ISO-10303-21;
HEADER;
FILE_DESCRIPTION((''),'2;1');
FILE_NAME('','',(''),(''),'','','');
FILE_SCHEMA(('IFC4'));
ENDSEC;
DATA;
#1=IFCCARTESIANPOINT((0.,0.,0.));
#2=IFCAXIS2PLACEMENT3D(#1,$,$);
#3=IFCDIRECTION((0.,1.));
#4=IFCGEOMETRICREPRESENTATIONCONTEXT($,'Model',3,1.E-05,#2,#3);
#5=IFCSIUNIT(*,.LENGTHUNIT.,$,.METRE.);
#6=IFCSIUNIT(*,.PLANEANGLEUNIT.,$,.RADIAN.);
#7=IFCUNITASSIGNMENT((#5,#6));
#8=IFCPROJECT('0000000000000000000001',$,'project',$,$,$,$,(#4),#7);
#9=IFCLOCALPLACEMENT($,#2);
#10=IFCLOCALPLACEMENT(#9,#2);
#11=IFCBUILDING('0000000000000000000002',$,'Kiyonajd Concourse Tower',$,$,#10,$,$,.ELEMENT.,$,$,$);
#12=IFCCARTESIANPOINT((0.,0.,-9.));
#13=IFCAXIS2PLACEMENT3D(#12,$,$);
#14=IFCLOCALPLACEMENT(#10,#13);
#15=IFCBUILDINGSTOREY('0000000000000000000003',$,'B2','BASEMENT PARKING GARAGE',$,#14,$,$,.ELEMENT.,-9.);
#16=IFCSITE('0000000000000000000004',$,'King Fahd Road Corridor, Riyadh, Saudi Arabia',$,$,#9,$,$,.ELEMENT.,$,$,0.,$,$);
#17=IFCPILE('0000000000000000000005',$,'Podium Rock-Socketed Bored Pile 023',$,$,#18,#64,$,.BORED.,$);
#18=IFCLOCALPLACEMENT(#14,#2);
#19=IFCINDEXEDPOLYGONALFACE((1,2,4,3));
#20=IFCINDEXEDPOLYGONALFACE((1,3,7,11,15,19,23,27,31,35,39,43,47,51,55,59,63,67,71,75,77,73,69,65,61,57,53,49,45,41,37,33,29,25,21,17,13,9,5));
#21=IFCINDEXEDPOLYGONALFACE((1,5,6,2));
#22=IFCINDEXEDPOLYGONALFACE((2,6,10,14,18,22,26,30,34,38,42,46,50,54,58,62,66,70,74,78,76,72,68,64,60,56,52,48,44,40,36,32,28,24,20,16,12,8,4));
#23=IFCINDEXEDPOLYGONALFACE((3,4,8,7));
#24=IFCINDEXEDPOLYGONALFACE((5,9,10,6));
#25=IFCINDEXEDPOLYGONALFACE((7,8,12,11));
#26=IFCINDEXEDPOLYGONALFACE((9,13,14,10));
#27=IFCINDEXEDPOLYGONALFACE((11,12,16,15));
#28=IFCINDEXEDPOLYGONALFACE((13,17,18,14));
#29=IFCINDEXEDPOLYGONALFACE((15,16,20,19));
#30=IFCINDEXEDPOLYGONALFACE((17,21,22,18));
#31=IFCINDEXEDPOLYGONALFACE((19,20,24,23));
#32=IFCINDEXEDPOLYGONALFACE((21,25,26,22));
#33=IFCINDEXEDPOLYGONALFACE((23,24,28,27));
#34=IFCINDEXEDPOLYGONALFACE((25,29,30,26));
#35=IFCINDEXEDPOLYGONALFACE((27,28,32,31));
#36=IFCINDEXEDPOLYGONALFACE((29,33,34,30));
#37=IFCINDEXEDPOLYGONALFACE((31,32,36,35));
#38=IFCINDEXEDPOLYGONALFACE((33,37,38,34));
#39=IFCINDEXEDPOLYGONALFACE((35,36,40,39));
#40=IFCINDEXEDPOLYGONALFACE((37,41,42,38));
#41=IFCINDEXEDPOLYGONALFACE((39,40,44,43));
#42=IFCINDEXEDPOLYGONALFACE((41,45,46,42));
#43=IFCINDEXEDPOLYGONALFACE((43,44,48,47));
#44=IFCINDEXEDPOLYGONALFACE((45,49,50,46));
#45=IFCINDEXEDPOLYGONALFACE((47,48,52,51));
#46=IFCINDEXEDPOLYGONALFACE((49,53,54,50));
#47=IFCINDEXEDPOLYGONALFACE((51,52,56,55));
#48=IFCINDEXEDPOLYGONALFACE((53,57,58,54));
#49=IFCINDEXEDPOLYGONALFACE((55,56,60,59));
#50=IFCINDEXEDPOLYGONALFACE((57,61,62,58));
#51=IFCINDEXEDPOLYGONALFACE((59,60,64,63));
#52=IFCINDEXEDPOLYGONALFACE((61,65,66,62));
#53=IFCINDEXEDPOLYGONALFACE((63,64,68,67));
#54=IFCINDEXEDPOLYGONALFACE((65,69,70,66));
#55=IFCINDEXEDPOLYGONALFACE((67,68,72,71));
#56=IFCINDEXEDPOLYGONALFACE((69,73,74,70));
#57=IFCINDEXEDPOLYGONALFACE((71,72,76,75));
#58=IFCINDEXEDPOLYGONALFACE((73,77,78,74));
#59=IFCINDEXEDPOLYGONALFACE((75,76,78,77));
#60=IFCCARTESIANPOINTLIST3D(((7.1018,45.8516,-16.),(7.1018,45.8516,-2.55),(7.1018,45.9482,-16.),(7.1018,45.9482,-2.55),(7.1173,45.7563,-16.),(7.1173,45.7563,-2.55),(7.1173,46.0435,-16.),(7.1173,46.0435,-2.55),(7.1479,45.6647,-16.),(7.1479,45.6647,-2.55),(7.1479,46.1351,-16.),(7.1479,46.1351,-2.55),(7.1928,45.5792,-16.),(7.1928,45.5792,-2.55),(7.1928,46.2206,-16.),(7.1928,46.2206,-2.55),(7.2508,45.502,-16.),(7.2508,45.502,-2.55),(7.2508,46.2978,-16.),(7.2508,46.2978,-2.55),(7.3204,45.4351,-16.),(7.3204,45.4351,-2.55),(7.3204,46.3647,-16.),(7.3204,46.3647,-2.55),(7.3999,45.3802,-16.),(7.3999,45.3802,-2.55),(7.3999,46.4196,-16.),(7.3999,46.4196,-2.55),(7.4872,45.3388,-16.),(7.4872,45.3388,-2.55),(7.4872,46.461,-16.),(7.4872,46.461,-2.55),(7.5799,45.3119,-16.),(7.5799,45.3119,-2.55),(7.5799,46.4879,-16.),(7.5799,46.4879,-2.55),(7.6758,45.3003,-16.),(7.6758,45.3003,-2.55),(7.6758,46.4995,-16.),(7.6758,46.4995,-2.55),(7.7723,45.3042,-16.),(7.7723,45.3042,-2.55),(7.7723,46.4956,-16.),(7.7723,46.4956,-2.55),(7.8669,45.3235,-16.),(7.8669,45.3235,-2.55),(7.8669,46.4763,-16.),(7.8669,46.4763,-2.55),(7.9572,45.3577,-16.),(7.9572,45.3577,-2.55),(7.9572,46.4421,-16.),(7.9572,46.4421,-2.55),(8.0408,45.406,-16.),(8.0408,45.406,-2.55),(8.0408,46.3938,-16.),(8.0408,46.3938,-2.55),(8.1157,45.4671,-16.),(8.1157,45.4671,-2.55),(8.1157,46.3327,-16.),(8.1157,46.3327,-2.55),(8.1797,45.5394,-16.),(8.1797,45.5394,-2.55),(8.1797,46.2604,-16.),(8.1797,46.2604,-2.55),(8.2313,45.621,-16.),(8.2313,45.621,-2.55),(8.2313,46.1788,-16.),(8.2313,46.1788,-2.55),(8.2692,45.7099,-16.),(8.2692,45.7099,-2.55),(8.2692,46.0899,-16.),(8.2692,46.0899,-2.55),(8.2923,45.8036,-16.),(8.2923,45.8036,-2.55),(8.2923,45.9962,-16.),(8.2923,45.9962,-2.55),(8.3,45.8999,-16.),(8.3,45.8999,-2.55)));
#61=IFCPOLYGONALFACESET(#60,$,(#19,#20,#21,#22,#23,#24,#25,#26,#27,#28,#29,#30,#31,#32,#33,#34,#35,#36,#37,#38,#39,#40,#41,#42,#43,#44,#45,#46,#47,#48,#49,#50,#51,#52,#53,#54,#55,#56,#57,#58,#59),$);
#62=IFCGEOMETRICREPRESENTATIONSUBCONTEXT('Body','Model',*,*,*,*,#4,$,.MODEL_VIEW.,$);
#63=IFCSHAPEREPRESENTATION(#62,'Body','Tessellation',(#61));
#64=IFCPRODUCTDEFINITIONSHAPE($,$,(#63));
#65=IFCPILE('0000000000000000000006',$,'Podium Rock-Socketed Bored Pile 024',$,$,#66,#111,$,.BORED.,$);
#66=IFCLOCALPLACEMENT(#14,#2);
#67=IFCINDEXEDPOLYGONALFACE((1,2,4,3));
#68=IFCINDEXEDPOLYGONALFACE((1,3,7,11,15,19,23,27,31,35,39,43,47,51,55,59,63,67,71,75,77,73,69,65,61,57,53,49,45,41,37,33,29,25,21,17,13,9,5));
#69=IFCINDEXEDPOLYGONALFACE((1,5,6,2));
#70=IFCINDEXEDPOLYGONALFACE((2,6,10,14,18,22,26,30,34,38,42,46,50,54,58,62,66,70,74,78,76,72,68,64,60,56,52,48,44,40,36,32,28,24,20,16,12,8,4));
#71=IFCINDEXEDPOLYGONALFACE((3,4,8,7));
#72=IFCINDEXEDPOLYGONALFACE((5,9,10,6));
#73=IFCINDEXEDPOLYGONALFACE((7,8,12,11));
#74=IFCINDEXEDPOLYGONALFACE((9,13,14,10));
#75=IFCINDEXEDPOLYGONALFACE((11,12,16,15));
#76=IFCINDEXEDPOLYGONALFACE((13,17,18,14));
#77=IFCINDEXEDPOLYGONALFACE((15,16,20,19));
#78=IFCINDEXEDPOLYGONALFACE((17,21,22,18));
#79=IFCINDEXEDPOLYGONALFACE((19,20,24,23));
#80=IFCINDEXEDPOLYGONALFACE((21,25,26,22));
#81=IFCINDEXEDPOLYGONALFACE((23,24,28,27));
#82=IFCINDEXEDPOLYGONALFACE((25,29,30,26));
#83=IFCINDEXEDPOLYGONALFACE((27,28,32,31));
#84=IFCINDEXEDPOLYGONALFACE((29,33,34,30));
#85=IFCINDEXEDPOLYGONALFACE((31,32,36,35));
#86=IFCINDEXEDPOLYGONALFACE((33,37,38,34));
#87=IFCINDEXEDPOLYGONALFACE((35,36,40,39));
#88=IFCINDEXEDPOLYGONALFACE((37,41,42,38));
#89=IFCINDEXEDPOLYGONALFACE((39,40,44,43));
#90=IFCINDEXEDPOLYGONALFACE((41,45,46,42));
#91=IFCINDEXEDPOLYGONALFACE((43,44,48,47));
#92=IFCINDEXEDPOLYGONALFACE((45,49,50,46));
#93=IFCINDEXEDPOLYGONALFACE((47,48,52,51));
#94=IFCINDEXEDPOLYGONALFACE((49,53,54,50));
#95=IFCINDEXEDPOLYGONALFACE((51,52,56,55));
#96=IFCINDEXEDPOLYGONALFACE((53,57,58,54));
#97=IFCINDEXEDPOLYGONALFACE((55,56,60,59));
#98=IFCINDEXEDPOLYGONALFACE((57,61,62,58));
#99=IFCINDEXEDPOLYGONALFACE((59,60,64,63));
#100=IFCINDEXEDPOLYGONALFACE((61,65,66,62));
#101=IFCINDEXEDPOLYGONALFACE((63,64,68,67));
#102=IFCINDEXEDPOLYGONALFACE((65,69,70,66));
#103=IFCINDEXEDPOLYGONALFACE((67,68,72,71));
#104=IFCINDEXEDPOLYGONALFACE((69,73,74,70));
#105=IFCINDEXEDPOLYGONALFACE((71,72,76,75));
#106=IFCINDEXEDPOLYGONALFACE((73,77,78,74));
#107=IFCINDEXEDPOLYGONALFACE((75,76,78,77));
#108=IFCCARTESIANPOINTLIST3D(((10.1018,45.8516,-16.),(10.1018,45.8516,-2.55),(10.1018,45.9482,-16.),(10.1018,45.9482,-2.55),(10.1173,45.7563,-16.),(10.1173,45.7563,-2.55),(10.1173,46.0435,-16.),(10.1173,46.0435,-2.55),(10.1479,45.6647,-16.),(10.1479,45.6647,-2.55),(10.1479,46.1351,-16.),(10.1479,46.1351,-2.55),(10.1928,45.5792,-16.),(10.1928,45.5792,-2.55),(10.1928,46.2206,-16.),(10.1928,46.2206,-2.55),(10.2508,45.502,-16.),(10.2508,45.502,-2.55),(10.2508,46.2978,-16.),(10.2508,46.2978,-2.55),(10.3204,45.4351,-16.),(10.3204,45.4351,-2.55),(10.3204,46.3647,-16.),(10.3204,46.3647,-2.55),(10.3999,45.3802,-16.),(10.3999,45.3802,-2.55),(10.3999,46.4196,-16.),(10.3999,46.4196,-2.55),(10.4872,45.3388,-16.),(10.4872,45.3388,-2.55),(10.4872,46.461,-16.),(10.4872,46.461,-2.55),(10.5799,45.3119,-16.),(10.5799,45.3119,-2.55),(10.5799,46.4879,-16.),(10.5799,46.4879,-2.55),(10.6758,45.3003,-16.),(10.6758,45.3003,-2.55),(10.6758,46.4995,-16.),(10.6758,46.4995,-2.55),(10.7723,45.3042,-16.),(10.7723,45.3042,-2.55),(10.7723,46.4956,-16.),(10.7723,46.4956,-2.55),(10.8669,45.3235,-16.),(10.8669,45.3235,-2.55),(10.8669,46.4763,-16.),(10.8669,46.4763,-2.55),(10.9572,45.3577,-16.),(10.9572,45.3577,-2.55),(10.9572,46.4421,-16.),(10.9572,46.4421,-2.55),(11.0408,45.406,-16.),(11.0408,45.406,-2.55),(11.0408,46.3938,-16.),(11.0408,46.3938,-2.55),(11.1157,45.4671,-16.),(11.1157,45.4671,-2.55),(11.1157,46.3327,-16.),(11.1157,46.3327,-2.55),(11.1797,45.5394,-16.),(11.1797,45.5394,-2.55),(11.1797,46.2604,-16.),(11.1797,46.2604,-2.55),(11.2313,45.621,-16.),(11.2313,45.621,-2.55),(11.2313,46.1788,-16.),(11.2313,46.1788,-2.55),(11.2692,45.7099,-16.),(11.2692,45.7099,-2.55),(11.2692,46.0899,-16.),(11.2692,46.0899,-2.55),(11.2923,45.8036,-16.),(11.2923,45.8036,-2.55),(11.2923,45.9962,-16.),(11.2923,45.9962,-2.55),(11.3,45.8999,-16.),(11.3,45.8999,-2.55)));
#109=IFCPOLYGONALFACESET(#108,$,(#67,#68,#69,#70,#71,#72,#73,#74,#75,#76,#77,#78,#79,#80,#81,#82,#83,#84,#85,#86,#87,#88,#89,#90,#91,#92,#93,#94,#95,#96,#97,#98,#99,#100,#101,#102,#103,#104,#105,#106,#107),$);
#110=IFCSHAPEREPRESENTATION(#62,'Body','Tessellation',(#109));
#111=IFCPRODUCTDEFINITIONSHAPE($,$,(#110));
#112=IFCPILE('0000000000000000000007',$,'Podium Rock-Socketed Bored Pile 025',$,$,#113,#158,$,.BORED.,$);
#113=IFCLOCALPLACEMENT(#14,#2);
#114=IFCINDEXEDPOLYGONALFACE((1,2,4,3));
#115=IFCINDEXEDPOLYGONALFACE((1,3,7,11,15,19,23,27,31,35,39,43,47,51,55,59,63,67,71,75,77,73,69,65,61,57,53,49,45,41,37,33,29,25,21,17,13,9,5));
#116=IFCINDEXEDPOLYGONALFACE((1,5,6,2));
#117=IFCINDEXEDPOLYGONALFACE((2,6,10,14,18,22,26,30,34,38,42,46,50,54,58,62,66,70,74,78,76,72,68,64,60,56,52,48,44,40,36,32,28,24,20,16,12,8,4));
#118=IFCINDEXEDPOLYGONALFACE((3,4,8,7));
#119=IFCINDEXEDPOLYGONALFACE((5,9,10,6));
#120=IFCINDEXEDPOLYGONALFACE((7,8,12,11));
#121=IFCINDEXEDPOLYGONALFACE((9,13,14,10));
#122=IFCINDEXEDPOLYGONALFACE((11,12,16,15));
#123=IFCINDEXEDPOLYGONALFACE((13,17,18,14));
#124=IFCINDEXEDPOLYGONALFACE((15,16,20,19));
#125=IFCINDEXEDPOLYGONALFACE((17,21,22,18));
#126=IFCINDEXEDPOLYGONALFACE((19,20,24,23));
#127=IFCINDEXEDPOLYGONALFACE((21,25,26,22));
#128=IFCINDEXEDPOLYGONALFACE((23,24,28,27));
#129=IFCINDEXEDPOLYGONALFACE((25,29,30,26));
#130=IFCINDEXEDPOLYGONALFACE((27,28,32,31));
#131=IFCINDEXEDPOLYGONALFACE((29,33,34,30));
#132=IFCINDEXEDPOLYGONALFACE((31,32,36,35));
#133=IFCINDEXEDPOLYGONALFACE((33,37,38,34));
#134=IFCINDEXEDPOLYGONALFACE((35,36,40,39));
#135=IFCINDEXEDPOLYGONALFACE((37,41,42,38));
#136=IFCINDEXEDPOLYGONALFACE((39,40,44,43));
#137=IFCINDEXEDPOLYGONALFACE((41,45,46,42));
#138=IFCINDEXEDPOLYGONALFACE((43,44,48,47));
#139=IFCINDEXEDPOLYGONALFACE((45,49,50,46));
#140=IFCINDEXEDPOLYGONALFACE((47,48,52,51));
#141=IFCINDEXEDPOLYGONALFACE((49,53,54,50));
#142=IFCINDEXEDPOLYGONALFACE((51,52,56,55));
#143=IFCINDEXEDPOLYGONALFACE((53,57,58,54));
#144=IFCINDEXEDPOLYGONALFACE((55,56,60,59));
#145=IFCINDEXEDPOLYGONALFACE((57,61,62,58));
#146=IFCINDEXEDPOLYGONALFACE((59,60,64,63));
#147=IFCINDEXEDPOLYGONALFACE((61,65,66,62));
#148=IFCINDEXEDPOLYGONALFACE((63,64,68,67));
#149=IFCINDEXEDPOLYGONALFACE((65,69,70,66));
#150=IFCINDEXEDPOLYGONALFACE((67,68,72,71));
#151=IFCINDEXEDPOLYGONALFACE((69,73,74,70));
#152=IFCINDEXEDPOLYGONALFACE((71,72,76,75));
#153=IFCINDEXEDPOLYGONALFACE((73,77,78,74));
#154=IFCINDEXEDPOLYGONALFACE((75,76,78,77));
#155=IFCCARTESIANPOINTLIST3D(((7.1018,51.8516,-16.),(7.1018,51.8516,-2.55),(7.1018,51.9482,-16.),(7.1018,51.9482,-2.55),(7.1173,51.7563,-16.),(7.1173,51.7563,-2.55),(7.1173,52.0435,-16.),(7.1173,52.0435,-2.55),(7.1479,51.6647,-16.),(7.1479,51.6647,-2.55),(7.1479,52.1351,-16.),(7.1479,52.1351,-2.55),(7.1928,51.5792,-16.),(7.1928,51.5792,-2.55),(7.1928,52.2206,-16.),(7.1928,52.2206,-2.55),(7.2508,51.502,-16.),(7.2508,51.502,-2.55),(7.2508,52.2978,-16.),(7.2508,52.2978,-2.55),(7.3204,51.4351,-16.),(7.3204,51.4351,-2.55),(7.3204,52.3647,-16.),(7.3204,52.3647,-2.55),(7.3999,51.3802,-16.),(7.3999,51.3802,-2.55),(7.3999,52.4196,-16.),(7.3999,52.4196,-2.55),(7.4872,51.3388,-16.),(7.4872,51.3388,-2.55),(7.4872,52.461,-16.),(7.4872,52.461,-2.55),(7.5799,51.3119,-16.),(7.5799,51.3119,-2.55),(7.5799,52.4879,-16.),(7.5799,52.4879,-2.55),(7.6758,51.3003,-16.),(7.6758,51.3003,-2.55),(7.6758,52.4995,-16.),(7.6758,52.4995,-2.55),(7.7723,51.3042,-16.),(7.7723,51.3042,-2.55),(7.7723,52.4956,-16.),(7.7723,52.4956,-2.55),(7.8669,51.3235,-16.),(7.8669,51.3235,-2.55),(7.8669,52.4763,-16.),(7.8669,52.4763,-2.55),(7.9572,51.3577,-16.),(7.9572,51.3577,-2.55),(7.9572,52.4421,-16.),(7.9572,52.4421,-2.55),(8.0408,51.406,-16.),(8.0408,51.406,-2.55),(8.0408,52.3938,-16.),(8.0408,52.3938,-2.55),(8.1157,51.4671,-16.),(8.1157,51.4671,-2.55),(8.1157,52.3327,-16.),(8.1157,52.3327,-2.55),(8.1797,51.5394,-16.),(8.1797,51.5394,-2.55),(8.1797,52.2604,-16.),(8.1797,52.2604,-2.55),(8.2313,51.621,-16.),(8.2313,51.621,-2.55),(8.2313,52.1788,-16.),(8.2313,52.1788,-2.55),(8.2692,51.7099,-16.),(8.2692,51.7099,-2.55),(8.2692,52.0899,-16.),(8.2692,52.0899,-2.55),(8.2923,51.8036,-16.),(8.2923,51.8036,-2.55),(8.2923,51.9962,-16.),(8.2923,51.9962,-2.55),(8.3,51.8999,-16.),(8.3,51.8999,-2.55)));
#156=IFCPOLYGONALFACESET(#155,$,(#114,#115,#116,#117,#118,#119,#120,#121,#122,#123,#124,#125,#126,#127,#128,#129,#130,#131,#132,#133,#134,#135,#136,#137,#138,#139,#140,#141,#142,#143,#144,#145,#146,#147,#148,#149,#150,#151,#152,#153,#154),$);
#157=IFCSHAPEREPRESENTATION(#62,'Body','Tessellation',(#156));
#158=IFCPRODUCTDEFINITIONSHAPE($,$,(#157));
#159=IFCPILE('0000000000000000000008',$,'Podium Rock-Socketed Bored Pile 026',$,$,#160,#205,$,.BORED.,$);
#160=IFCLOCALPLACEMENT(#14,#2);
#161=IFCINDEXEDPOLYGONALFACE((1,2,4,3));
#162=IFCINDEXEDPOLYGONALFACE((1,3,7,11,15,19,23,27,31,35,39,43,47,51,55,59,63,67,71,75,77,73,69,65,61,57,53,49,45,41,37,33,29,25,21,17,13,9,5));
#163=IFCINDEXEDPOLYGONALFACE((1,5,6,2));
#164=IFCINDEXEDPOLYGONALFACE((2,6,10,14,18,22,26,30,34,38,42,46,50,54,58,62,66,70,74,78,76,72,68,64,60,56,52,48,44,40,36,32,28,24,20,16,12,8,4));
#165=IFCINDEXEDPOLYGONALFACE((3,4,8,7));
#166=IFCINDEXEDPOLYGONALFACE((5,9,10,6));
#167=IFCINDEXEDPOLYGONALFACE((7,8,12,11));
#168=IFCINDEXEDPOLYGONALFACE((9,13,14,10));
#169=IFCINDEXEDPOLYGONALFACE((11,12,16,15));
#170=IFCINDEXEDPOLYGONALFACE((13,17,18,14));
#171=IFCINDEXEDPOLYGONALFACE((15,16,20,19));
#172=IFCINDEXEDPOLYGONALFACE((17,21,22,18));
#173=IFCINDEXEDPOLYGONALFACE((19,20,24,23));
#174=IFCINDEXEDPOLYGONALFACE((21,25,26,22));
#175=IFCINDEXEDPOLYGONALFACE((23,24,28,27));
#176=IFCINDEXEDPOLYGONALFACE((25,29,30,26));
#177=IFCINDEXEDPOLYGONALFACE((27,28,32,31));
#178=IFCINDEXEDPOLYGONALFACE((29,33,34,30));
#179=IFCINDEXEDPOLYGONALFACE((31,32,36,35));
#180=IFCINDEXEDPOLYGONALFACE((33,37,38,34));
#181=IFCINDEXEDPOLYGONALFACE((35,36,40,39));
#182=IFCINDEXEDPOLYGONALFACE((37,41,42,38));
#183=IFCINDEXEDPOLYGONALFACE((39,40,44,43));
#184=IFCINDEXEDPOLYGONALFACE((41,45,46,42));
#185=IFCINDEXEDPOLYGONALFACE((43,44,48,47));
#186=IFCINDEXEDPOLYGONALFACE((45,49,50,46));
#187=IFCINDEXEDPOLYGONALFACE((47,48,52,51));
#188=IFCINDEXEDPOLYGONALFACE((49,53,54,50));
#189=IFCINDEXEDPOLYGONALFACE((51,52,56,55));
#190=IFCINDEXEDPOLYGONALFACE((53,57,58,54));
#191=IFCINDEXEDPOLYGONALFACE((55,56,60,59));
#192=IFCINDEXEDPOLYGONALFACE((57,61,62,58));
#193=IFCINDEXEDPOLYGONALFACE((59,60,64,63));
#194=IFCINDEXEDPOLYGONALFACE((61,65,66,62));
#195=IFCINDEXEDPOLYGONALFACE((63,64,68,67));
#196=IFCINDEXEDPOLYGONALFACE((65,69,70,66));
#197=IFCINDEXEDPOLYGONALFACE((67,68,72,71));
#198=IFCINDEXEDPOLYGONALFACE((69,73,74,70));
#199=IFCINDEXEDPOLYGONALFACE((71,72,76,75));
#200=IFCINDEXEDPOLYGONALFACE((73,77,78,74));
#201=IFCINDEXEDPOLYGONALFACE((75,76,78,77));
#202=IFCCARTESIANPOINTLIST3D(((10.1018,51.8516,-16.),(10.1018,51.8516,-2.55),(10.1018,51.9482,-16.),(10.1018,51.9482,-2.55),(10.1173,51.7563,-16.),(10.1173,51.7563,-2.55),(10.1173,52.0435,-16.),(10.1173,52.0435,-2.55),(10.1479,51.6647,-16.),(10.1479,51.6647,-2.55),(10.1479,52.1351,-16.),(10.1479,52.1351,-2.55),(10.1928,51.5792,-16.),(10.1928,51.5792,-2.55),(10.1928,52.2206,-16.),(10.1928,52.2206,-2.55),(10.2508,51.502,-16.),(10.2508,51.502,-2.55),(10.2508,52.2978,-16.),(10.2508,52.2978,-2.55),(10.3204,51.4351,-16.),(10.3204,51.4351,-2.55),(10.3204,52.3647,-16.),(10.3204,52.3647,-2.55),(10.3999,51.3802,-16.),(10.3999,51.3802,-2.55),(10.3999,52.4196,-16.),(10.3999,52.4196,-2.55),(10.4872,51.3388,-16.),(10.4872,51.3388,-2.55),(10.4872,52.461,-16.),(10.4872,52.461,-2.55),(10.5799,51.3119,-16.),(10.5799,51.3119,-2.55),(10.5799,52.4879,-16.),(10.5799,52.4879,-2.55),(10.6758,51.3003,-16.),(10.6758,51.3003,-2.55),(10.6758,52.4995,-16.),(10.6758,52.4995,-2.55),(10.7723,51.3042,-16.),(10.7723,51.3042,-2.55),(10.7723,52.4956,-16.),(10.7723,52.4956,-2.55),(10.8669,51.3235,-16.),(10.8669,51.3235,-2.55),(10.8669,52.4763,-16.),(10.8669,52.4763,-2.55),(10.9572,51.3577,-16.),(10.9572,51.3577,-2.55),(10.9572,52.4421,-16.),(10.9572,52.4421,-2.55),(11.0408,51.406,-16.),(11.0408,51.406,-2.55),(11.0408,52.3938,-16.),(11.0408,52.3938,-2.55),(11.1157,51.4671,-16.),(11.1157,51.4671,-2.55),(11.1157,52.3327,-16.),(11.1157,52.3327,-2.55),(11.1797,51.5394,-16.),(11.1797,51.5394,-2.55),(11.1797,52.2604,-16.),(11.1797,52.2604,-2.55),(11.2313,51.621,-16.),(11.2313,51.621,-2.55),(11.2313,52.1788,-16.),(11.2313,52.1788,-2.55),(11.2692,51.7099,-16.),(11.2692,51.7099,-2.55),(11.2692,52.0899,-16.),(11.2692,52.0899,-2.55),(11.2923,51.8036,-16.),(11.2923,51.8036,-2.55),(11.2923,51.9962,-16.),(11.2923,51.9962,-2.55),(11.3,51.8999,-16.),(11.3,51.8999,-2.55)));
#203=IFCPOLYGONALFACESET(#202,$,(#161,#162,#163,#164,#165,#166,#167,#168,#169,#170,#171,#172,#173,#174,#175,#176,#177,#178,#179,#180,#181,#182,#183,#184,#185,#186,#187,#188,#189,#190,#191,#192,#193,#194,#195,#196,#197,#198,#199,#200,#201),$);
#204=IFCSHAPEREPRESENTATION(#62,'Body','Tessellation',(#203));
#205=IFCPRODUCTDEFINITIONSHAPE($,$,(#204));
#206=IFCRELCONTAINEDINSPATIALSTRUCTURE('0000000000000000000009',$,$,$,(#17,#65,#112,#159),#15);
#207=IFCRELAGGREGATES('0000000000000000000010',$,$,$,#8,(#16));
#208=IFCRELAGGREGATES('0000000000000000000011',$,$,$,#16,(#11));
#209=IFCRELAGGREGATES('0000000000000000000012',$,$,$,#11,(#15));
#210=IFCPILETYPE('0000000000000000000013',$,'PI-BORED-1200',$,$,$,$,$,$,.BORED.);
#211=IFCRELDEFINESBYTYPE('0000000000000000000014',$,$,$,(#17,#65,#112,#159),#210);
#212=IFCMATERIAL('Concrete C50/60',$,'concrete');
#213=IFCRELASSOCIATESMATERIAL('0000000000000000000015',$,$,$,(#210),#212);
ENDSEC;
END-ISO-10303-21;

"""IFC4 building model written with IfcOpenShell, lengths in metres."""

from ifc_helpers import new_model, si_unit, direction, frame, origin, origin_2d, place, context, subcontext, project, spatial, circle, extrude, material, material_profile, profile_set, type_object, element, save


model = new_model("IFC4")

# Units and contexts
model_context = context("Model", 3, precision=1e-05, world=origin(), true_north=direction((0.0, 1.0)))
body_context = subcontext(model_context, "Body", "Model", "MODEL_VIEW")
ifc_project = project(units=[si_unit("LENGTHUNIT", "METRE"), si_unit("PLANEANGLEUNIT", "RADIAN")], contexts=[model_context])

# Site, building, storey
site_placement = place(None, origin())
site = spatial("IfcSite", under=ifc_project, at=site_placement, Name="King Fahd Road Corridor, Riyadh, Saudi Arabia", CompositionType="ELEMENT", RefElevation=0.0)
building_placement = place(site_placement, origin())
building = spatial("IfcBuilding", under=site, at=building_placement, Name="Kiyonajd Concourse Tower", CompositionType="ELEMENT")
storey_placement = place(building_placement, frame((0.0, 0.0, -9.0)))
storey = spatial("IfcBuildingStorey", under=building, at=storey_placement, Name="B2", Description="BASEMENT PARKING GARAGE", CompositionType="ELEMENT", Elevation=-9.0)

# Shared definitions
ifc_material_1 = material(Name="Concrete C50/60", Category="concrete")

# Piles
ifc_material_profile_1 = material_profile(ifc_material_1, circle(Radius=0.6001, at=origin_2d()), Name="PILE-D1200")
ifc_profile_set_1 = profile_set([ifc_material_profile_1], Name="Concrete C50/60")
pile_type = type_object("IfcPileType", Name="PI-BORED-1200", PredefinedType="BORED", material=ifc_profile_set_1)
for number, where, z_axis, x_axis, name in (
    (1, (7.7, 45.8999, -2.55), (0.0, 0.0, -1.0), (1.0, 0.0, 0.0), "Podium Rock-Socketed Bored Pile 023"),
    (2, (10.7, 45.8999, -2.55), (0.0, 0.0, -1.0), (1.0, 0.0, 0.0), "Podium Rock-Socketed Bored Pile 024"),
    (3, (7.7, 51.8999, -2.55), (0.0, 0.0, -1.0), (1.0, 0.0, 0.0), "Podium Rock-Socketed Bored Pile 025"),
    (4, (10.7, 51.8999, -2.55), (0.0, 0.0, -1.0), (1.0, 0.0, 0.0), "Podium Rock-Socketed Bored Pile 026"),
):
    element("IfcPile", number, at=place(storey_placement, frame(where, z_axis=z_axis, x_axis=x_axis)), inside=storey, type_object=pile_type, Name=name, PredefinedType="BORED", context=body_context, shape_type="SweptSolid", body=[
        extrude(circle(Radius=0.6001, at=origin_2d()), origin(), (0.0, 0.0, 1.0), 13.45),
    ])

save(model, "model.ifc")
